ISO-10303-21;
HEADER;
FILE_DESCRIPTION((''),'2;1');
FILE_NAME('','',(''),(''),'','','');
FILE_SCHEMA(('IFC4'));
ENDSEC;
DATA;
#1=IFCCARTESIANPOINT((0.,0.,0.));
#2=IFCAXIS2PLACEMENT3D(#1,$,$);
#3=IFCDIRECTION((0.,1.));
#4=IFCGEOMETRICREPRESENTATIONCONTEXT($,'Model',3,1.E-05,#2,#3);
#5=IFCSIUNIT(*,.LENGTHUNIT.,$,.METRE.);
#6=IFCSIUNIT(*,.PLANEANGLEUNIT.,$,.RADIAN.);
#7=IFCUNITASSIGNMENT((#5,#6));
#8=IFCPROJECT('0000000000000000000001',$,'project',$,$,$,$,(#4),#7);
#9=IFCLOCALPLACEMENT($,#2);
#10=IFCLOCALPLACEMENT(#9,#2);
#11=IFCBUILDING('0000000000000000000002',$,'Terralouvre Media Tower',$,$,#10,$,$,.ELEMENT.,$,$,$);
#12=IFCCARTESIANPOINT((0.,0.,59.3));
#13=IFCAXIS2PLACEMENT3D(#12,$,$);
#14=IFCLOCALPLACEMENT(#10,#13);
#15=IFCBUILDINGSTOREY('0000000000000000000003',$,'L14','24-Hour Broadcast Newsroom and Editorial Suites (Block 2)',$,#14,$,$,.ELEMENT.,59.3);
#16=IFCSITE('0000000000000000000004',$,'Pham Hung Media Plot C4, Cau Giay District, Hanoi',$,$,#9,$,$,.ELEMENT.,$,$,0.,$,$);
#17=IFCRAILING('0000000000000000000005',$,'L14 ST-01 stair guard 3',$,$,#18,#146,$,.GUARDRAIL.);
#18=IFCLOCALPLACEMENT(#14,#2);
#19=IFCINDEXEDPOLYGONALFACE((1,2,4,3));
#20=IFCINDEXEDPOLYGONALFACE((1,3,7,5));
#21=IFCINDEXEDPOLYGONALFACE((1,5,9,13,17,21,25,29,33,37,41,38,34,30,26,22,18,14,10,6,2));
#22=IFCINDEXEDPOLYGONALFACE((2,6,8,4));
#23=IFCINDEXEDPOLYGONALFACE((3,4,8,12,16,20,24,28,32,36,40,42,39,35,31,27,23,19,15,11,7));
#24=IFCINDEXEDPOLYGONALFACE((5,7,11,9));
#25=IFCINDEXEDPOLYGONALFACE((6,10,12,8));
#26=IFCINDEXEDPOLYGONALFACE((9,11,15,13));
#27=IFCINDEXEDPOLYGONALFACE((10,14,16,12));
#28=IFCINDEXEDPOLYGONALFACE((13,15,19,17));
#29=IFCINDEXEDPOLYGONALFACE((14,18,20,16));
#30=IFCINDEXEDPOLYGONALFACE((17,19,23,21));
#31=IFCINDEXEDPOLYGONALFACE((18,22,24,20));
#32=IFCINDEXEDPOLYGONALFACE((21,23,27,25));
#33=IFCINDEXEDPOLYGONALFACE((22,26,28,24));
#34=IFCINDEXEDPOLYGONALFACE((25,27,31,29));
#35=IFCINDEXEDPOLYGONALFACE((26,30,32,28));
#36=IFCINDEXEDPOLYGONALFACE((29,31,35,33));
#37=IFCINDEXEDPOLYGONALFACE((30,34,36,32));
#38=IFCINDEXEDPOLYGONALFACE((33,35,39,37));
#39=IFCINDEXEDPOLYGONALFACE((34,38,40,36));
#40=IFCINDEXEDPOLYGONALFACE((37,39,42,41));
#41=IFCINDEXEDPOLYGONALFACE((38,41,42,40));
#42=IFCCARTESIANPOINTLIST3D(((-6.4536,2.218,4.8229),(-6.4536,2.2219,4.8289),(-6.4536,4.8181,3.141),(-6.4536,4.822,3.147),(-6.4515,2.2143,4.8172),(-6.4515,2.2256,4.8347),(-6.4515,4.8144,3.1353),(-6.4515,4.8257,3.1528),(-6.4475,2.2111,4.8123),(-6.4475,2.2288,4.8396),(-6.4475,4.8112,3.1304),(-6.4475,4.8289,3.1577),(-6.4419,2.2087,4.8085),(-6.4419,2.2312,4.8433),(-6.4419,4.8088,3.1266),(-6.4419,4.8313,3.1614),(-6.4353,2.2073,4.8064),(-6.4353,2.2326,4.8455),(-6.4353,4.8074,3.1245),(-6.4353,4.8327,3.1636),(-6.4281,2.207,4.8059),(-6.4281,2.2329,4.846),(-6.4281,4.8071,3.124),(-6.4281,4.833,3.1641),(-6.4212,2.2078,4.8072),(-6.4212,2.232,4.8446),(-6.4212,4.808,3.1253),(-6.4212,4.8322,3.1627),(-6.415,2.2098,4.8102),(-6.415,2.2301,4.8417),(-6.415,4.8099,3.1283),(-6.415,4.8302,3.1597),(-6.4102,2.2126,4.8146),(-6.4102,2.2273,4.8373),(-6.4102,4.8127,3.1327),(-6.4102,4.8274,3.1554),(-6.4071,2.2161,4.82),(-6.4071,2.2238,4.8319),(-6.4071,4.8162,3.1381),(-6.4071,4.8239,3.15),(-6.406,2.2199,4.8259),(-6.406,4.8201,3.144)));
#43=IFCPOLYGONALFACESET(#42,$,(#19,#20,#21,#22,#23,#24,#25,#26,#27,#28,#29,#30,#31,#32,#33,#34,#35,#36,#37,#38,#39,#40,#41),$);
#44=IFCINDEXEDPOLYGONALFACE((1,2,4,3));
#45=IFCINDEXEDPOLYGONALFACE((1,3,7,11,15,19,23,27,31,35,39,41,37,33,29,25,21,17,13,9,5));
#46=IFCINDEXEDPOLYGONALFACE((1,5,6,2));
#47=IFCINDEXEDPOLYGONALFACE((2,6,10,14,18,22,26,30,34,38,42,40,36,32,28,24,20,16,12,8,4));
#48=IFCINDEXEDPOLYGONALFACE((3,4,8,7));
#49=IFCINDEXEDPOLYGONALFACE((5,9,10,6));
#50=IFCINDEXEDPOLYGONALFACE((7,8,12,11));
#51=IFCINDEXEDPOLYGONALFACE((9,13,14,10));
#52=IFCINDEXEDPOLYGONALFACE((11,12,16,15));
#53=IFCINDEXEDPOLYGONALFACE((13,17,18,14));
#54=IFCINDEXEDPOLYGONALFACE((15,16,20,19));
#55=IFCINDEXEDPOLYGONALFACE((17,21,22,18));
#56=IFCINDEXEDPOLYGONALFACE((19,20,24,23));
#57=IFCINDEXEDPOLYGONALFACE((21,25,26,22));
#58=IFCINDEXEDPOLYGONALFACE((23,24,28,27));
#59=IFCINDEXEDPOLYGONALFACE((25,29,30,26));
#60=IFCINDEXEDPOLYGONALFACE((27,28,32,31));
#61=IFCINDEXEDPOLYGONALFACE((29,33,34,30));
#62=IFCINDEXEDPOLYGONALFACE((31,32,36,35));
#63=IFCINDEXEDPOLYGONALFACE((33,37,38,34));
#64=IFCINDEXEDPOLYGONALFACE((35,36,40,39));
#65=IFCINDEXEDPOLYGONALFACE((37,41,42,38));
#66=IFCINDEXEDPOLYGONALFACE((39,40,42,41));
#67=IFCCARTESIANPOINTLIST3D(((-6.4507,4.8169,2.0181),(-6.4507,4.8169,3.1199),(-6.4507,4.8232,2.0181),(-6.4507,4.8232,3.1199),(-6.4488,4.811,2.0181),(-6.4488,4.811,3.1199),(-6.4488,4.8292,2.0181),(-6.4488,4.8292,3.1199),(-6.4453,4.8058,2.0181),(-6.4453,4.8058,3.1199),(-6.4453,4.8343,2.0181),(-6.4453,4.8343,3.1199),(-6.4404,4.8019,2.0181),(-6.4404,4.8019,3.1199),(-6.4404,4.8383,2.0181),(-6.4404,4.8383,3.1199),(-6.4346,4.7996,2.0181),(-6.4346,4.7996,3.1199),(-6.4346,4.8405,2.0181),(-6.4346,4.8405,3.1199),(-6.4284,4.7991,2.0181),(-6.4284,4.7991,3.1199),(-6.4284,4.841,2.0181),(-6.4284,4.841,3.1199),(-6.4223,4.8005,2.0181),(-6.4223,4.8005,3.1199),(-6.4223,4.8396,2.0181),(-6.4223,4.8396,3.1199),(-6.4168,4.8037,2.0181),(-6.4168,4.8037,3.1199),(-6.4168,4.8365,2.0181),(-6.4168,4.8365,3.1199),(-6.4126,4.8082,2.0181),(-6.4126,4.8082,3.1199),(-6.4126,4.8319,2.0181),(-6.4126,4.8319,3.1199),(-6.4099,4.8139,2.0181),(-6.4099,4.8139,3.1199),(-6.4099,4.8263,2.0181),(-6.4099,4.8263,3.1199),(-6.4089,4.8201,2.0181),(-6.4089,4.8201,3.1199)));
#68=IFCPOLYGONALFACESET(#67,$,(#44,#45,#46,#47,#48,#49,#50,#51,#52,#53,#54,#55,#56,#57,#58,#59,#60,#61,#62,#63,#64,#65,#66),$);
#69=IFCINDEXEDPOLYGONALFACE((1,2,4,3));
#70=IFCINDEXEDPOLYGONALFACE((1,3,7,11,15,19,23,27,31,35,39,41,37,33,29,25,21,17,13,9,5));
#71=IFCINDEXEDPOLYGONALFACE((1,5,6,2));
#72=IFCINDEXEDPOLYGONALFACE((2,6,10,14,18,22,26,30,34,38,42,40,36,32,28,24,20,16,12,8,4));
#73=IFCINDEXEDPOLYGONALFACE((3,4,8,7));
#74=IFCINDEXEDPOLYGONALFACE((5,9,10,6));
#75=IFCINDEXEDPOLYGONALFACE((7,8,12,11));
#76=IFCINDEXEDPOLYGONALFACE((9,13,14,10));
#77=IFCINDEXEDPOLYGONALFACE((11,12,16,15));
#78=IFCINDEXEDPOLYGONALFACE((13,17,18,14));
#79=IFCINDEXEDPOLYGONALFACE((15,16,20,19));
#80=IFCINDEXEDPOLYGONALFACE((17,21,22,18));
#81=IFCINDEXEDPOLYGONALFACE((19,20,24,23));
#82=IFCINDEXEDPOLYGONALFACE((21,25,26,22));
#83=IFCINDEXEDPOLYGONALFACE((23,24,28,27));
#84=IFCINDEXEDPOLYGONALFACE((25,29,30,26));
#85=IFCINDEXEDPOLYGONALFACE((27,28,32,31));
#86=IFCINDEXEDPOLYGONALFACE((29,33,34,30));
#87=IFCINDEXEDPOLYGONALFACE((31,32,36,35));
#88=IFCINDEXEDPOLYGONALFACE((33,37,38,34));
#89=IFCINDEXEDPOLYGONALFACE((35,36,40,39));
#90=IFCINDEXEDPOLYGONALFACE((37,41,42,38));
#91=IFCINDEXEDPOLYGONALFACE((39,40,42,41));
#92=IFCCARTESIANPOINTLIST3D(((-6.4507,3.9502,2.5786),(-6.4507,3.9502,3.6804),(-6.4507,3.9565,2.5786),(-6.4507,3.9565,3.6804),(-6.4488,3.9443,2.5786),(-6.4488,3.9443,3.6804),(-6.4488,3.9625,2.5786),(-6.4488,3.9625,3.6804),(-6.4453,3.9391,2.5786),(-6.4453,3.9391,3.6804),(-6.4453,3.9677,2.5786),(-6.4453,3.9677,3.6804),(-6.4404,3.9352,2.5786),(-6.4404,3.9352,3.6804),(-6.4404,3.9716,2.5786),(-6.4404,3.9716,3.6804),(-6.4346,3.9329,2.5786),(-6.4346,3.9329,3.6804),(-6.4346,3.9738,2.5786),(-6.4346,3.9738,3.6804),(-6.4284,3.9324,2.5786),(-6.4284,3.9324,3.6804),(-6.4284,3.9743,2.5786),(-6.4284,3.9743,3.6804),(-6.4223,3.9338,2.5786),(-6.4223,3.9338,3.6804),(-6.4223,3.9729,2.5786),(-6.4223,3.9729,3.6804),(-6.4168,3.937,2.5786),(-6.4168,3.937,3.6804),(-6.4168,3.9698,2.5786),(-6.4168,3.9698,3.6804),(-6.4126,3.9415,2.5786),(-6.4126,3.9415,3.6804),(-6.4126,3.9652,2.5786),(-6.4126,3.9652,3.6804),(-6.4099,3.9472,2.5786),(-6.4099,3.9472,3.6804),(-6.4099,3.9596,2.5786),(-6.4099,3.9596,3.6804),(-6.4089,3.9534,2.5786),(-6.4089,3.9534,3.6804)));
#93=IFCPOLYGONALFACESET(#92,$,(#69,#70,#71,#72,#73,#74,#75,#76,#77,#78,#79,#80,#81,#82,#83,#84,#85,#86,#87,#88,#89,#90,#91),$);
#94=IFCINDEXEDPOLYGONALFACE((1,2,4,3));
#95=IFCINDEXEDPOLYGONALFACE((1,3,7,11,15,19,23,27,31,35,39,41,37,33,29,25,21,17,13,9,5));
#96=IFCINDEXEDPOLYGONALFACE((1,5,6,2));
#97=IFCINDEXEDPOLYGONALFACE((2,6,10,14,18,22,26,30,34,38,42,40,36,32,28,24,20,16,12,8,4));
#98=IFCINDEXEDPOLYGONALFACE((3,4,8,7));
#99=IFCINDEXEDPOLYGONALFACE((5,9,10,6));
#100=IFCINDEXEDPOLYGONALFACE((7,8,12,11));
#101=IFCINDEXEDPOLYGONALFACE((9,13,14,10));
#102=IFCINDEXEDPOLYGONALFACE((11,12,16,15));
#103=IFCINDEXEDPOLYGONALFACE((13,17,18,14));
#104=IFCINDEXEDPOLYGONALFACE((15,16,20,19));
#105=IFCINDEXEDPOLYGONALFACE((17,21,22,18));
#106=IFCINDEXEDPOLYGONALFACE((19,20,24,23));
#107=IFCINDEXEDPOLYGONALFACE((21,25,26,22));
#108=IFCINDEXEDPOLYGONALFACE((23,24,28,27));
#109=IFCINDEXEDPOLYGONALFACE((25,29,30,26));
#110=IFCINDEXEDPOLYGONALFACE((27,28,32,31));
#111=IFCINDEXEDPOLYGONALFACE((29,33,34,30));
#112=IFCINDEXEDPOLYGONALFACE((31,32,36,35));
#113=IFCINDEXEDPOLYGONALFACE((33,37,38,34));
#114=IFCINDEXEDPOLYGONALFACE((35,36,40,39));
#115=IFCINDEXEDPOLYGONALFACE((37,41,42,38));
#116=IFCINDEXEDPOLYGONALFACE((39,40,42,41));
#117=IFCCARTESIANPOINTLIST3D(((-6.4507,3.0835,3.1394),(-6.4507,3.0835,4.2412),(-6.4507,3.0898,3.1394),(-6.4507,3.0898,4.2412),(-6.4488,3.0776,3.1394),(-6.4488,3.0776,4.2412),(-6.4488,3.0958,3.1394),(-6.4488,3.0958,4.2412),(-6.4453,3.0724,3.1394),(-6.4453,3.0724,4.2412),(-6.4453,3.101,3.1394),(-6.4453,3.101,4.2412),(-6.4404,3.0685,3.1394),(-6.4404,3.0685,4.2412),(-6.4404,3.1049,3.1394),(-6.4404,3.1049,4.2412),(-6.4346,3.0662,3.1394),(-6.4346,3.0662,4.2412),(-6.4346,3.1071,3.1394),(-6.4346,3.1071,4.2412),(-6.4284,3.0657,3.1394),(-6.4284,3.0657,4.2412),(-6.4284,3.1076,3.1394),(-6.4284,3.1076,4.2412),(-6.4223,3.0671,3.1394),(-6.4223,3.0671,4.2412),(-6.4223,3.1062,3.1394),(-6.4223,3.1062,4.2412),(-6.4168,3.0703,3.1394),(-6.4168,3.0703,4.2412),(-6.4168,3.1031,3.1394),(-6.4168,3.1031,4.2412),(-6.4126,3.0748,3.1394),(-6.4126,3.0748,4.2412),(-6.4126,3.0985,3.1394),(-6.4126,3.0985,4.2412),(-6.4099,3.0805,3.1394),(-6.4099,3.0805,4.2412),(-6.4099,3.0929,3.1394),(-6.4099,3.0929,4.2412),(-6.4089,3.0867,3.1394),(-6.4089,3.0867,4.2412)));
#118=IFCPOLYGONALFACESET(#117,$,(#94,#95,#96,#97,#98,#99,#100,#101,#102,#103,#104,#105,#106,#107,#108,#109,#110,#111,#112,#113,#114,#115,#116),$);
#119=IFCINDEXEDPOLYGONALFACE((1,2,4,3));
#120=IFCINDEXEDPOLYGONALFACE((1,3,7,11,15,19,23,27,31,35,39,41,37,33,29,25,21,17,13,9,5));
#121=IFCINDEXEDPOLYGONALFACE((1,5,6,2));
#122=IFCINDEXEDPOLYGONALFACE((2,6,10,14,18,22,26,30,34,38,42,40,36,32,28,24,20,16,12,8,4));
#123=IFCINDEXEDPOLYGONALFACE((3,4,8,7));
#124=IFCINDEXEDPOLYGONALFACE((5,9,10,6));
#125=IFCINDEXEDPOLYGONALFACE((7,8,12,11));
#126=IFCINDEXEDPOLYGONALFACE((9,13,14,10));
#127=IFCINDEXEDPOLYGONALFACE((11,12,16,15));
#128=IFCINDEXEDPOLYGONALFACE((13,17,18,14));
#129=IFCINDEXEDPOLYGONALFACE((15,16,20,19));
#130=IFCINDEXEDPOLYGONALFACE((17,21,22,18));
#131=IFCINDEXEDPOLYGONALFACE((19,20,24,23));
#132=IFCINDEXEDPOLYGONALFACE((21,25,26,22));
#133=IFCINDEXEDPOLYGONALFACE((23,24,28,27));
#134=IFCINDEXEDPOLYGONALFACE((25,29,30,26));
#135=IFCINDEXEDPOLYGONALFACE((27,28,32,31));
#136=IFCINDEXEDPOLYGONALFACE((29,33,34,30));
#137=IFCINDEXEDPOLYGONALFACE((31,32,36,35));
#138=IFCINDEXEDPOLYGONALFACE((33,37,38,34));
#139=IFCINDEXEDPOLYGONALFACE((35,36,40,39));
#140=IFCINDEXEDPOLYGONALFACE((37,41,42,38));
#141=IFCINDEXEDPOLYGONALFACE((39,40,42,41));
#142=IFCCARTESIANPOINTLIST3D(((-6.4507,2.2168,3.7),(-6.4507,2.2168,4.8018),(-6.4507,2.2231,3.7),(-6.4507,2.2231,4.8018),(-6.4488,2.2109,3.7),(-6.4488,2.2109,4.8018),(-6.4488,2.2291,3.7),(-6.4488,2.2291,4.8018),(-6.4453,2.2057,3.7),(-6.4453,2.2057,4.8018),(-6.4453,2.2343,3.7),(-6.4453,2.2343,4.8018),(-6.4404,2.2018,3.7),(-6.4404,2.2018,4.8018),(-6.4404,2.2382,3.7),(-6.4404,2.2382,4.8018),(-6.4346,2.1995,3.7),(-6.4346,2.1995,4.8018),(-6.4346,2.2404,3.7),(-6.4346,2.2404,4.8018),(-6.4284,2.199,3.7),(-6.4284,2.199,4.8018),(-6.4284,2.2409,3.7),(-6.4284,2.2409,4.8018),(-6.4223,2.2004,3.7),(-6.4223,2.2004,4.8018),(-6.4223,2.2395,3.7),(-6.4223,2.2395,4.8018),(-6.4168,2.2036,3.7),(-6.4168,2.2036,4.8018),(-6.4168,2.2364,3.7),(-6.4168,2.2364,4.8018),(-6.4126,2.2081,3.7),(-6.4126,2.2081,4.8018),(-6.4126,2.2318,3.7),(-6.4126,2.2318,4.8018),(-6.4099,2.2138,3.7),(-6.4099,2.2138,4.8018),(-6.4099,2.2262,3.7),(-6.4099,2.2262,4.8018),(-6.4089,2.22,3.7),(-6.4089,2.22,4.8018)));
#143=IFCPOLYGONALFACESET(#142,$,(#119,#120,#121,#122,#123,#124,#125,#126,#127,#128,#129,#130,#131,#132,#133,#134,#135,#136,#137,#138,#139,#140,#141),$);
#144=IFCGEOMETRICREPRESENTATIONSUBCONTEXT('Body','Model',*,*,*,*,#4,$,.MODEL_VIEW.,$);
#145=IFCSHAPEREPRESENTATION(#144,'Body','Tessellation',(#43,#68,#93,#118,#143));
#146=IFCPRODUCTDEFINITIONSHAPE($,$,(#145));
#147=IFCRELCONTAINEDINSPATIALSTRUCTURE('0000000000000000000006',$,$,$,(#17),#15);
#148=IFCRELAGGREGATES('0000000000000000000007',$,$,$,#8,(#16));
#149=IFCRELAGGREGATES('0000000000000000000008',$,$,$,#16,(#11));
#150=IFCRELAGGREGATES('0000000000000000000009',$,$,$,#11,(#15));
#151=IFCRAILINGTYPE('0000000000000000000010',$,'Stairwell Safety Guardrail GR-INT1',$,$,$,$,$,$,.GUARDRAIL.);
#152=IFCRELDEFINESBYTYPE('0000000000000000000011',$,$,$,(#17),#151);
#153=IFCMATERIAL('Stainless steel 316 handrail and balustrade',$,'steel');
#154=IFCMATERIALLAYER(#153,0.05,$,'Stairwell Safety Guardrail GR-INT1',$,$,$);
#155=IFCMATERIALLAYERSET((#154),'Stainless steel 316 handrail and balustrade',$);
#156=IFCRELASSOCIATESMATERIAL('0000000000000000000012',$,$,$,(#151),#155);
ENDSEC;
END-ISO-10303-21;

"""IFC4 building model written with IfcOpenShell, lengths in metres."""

from ifc_helpers import new_model, si_unit, direction, frame, origin, origin_2d, place, context, subcontext, project, spatial, circle, extrude, material, layer, layer_set, type_object, element, save


model = new_model("IFC4")

# Units and contexts
model_context = context("Model", 3, precision=1e-05, world=origin(), true_north=direction((0.0, 1.0)))
body_context = subcontext(model_context, "Body", "Model", "MODEL_VIEW")
ifc_project = project(units=[si_unit("LENGTHUNIT", "METRE"), si_unit("PLANEANGLEUNIT", "RADIAN")], contexts=[model_context])

# Site, building, storey
site_placement = place(None, origin())
site = spatial("IfcSite", under=ifc_project, at=site_placement, Name="Pham Hung Media Plot C4, Cau Giay District, Hanoi", CompositionType="ELEMENT", RefElevation=0.0)
building_placement = place(site_placement, origin())
building = spatial("IfcBuilding", under=site, at=building_placement, Name="Terralouvre Media Tower", CompositionType="ELEMENT")
storey_placement = place(building_placement, frame((0.0, 0.0, 59.3)))
storey = spatial("IfcBuildingStorey", under=building, at=storey_placement, Name="L14", Description="24-Hour Broadcast Newsroom and Editorial Suites (Block 2)", CompositionType="ELEMENT", Elevation=59.3)

# Railing
ifc_material_1 = material(Name="Stainless steel 316 handrail and balustrade", Category="steel")
ifc_layer_1 = layer(ifc_material_1, 0.05, Name="Stairwell Safety Guardrail GR-INT1")
ifc_layer_set_1 = layer_set([ifc_layer_1], Name="Stainless steel 316 handrail and balustrade")
railing_type_1 = type_object("IfcRailingType", Name="Stairwell Safety Guardrail GR-INT1", PredefinedType="GUARDRAIL", material=ifc_layer_set_1)
railing_1_placement = place(storey_placement, frame((-6.4299, 4.8201, 2.0181)))
element("IfcRailing", 1, at=railing_1_placement, inside=storey, type_object=railing_type_1, Name="L14 ST-01 stair guard 3", PredefinedType="GUARDRAIL", context=body_context, shape_type="SweptSolid", body=[
    extrude(circle(Radius=0.0239, at=origin_2d()), frame((0.0, 0.0, 1.126), z_axis=(0.0, -0.839648, 0.54313), x_axis=(1.0, 0.0, 0.0)), (0.0, 0.0, 1.0), 3.0967),
    extrude(circle(Radius=0.021, at=origin_2d()), origin(), (0.0, 0.0, 1.0), 1.1018),
    extrude(circle(Radius=0.021, at=origin_2d()), frame((0.0, -0.8667, 0.5605)), (0.0, 0.0, 1.0), 1.1018),
    extrude(circle(Radius=0.021, at=origin_2d()), frame((0.0, -1.7334, 1.1213)), (0.0, 0.0, 1.0), 1.1018),
    extrude(circle(Radius=0.021, at=origin_2d()), frame((0.0, -2.6001, 1.6819)), (0.0, 0.0, 1.0), 1.1018),
])

save(model, "model.ifc")
